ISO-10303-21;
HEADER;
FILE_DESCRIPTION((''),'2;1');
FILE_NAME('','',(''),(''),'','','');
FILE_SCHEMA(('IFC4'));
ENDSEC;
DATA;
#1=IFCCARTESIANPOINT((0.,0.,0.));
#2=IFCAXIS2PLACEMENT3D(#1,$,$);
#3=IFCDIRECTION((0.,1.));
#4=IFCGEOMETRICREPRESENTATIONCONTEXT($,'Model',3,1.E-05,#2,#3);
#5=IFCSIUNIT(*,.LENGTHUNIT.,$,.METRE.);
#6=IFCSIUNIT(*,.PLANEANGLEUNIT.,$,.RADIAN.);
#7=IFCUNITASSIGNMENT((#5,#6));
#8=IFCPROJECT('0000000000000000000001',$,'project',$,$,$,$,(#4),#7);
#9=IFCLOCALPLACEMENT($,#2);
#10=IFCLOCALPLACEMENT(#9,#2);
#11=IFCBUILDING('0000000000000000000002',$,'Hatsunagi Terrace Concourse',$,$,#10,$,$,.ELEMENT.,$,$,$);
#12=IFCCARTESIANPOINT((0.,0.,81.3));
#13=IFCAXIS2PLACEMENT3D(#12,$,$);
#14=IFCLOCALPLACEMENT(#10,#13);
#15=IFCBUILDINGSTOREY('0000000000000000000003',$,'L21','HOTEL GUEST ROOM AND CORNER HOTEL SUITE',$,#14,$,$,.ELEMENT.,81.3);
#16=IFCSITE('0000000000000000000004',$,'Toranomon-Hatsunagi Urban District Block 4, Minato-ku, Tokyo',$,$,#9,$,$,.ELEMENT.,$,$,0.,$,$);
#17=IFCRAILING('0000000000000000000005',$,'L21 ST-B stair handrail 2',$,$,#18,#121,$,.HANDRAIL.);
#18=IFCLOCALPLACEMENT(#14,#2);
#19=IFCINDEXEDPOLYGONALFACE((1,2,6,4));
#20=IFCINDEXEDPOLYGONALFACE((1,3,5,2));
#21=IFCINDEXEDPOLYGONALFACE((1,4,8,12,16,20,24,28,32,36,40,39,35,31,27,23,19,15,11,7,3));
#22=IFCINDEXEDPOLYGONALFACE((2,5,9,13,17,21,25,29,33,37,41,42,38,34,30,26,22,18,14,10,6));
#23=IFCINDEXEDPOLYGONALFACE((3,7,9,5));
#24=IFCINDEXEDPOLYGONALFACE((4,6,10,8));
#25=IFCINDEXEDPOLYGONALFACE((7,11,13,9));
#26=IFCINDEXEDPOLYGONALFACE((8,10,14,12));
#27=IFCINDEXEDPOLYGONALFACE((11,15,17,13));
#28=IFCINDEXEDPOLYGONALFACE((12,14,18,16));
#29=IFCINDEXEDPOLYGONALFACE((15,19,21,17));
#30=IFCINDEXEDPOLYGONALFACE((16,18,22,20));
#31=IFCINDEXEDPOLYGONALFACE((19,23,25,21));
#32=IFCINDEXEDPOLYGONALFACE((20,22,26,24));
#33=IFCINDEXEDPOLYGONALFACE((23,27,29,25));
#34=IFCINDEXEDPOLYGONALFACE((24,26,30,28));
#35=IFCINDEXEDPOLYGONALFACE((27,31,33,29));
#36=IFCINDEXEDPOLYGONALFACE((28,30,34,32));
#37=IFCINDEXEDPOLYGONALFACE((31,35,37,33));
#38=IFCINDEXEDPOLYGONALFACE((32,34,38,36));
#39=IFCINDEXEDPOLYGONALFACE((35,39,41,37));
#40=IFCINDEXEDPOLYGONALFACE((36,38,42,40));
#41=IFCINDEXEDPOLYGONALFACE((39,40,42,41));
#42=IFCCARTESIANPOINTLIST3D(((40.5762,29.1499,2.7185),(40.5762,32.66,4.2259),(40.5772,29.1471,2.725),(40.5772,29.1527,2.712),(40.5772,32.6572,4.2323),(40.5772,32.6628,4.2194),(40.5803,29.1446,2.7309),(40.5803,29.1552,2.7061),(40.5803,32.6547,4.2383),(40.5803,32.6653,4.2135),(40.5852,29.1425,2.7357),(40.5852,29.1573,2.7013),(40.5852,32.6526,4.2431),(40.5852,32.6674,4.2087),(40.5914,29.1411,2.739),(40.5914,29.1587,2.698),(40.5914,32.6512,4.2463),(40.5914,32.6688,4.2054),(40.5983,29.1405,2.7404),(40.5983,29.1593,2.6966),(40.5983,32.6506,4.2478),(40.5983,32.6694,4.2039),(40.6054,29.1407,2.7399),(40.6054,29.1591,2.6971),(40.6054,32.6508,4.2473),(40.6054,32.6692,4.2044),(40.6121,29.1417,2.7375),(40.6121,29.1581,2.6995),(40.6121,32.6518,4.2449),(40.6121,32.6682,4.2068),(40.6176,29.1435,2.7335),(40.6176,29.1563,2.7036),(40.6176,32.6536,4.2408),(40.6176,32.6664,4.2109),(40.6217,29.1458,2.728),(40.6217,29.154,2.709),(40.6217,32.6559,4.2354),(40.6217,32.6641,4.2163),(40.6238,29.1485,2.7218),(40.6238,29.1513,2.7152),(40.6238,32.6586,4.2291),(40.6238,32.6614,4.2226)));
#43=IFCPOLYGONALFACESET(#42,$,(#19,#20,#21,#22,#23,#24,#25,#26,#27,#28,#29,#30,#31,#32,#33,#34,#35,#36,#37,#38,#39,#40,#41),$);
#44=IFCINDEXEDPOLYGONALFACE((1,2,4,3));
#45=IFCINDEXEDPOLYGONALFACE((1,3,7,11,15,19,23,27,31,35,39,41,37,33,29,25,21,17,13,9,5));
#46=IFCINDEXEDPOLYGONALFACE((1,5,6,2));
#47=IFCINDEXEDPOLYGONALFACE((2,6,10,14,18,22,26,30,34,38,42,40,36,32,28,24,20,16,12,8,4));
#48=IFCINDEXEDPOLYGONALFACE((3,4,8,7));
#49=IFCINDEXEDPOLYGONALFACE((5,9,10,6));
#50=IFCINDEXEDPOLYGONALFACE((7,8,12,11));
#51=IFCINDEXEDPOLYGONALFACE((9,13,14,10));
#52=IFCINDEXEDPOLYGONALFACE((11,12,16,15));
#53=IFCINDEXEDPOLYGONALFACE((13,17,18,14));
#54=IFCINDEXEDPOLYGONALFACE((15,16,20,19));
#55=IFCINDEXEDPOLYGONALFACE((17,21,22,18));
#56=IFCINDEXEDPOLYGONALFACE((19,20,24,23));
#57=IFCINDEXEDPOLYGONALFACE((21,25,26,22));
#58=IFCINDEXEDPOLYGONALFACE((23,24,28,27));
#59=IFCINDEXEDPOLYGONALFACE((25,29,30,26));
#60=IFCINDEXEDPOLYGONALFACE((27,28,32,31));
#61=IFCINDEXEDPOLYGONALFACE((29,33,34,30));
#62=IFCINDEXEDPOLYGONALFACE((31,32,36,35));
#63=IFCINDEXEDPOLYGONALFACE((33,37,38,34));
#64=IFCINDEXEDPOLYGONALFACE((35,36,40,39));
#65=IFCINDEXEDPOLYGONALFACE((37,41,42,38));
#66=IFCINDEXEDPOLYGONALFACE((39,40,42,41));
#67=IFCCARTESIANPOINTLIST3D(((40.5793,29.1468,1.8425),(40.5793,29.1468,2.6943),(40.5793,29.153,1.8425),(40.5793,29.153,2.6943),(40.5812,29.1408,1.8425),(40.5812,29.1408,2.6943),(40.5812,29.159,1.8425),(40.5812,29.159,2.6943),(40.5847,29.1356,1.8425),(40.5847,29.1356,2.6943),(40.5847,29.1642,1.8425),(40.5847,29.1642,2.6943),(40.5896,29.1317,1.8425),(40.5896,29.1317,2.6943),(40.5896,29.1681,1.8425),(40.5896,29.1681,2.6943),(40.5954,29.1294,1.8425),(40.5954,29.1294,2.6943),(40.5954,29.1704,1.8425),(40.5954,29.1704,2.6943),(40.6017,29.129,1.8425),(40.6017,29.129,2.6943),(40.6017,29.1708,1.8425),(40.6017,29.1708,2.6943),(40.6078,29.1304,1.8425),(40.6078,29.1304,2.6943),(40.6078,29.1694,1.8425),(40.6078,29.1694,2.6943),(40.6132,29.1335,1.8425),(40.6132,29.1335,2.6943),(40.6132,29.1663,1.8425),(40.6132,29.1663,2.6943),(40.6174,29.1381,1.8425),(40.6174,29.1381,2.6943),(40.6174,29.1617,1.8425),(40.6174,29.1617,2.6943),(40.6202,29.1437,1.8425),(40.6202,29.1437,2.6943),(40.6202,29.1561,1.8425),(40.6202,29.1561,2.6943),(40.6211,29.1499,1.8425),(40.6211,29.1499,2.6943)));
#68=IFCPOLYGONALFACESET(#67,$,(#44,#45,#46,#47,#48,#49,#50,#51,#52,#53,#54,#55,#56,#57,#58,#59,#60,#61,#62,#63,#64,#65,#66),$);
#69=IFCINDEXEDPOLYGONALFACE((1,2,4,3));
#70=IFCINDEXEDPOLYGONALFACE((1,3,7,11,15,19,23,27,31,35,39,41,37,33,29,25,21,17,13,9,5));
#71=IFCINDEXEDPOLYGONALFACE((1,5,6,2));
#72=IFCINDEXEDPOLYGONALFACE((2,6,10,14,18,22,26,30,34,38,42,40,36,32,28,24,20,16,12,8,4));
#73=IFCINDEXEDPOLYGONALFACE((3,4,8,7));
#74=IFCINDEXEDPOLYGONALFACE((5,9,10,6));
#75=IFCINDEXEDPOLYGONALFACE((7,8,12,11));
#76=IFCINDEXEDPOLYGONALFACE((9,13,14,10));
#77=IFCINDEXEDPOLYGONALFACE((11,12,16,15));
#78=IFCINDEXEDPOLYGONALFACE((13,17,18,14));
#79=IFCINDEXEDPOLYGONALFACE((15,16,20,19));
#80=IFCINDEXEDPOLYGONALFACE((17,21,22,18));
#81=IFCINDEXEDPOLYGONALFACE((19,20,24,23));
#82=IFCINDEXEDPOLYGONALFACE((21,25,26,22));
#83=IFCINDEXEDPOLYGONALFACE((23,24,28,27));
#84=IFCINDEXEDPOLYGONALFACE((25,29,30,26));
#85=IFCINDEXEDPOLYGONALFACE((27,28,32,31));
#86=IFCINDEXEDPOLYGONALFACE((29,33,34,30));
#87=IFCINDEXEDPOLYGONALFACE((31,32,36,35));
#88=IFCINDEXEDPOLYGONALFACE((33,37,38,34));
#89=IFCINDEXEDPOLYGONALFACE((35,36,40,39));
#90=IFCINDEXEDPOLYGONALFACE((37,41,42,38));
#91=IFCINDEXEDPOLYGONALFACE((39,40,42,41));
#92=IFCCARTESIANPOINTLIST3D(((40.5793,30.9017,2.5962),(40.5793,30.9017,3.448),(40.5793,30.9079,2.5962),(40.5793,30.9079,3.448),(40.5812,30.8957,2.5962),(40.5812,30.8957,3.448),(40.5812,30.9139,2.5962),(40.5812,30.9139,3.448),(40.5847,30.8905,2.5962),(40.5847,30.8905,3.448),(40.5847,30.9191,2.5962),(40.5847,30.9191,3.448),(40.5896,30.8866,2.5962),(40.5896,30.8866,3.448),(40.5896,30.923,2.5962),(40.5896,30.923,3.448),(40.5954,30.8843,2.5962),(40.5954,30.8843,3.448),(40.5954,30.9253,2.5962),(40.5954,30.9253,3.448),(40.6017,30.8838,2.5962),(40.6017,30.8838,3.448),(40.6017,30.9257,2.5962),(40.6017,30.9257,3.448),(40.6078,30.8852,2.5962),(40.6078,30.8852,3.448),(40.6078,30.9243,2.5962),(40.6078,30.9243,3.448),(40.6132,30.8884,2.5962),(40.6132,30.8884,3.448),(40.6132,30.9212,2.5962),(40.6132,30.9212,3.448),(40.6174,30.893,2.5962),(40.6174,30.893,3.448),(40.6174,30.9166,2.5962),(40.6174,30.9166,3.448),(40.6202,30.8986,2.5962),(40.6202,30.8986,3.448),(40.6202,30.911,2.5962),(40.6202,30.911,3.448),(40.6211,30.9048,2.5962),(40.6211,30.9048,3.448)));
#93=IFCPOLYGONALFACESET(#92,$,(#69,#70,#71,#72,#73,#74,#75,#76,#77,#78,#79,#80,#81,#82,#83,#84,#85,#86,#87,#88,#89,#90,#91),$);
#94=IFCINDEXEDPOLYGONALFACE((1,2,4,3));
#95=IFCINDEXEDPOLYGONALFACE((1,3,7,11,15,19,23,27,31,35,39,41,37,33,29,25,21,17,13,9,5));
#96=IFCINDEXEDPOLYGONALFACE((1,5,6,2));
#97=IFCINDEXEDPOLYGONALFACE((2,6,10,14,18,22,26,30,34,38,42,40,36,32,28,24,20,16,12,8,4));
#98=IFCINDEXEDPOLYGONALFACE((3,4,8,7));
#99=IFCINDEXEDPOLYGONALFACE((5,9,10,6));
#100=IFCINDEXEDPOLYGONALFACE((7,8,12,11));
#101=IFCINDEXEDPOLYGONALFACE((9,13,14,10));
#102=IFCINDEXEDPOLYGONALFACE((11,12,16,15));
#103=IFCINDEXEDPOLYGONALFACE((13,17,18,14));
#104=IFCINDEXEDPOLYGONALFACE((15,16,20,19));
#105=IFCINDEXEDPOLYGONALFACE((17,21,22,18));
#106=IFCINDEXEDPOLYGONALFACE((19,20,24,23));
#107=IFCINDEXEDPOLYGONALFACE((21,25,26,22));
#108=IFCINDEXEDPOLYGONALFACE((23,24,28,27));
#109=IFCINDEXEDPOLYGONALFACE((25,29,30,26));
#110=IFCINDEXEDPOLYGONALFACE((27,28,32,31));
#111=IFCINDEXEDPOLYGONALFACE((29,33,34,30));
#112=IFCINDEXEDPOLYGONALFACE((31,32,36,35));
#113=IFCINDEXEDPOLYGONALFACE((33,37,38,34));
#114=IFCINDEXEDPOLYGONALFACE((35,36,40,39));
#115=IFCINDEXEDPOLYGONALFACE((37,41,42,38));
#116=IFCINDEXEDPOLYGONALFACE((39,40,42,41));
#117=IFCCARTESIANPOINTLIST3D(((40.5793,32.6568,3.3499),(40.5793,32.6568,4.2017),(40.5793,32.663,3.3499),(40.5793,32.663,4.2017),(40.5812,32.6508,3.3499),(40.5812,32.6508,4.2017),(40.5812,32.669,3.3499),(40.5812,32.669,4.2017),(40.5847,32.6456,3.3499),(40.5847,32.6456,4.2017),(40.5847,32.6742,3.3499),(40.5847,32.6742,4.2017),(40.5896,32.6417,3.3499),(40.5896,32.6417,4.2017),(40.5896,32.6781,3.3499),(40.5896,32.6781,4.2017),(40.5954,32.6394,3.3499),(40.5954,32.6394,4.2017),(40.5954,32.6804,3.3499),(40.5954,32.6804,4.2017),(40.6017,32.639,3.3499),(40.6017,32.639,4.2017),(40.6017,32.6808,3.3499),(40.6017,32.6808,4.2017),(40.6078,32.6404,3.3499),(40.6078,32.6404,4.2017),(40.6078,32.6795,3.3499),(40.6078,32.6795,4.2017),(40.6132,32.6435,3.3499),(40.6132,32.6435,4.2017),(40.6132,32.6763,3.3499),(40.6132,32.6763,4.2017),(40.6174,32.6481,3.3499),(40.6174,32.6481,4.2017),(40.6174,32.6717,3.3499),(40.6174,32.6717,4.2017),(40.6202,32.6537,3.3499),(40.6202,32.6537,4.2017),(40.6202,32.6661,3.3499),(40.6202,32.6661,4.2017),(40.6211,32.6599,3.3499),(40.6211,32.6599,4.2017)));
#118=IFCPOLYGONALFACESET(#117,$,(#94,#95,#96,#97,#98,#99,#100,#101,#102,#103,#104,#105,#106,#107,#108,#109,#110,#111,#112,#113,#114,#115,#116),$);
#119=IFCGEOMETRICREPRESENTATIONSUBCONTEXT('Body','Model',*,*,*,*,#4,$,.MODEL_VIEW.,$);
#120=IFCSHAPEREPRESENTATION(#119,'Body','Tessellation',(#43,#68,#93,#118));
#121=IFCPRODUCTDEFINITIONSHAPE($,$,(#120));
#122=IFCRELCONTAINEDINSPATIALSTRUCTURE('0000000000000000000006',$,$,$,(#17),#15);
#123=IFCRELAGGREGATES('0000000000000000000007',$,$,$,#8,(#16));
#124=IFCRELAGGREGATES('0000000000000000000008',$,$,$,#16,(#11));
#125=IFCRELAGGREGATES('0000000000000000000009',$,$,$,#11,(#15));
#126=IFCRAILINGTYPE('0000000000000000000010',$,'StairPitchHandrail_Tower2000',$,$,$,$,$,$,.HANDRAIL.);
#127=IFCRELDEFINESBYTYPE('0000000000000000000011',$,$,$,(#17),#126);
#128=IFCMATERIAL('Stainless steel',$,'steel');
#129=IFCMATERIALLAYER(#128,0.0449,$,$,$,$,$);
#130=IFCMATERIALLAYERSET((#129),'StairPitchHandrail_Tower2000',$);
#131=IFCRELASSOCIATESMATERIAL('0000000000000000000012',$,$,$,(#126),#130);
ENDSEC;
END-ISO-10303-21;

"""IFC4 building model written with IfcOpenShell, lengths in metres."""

from ifc_helpers import new_model, si_unit, direction, frame, origin, origin_2d, place, context, subcontext, project, spatial, circle, extrude, material, layer, layer_set, type_object, element, save


model = new_model("IFC4")

# Units and contexts
model_context = context("Model", 3, precision=1e-05, world=origin(), true_north=direction((0.0, 1.0)))
body_context = subcontext(model_context, "Body", "Model", "MODEL_VIEW")
ifc_project = project(units=[si_unit("LENGTHUNIT", "METRE"), si_unit("PLANEANGLEUNIT", "RADIAN")], contexts=[model_context])

# Site, building, storey
site_placement = place(None, origin())
site = spatial("IfcSite", under=ifc_project, at=site_placement, Name="Toranomon-Hatsunagi Urban District Block 4, Minato-ku, Tokyo", CompositionType="ELEMENT", RefElevation=0.0)
building_placement = place(site_placement, origin())
building = spatial("IfcBuilding", under=site, at=building_placement, Name="Hatsunagi Terrace Concourse", CompositionType="ELEMENT")
storey_placement = place(building_placement, frame((0.0, 0.0, 81.3)))
storey = spatial("IfcBuildingStorey", under=building, at=storey_placement, Name="L21", Description="HOTEL GUEST ROOM AND CORNER HOTEL SUITE", CompositionType="ELEMENT", Elevation=81.3)

# Railing
ifc_material_1 = material(Name="Stainless steel", Category="steel")
ifc_layer_1 = layer(ifc_material_1, 0.0449)
ifc_layer_set_1 = layer_set([ifc_layer_1], Name="StairPitchHandrail_Tower2000")
railing_type_1 = type_object("IfcRailingType", Name="StairPitchHandrail_Tower2000", PredefinedType="HANDRAIL", material=ifc_layer_set_1)
railing_1_placement = place(storey_placement, frame((40.6001, 29.1499, 1.8425)))
element("IfcRailing", 1, at=railing_1_placement, inside=storey, type_object=railing_type_1, Name="L21 ST-B stair handrail 2", PredefinedType="HANDRAIL", context=body_context, shape_type="SweptSolid", body=[
    extrude(circle(Radius=0.0239, at=origin_2d()), frame((0.0, 0.0, 0.876), z_axis=(0.0, 0.918857, 0.39459), x_axis=(-1.0, 0.0, 0.0)), (0.0, 0.0, 1.0), 3.8201),
    extrude(circle(Radius=0.021, at=origin_2d()), origin(), (0.0, 0.0, 1.0), 0.8518),
    extrude(circle(Radius=0.021, at=origin_2d()), frame((0.0, 1.7549, 0.7537)), (0.0, 0.0, 1.0), 0.8518),
    extrude(circle(Radius=0.021, at=origin_2d()), frame((0.0, 3.51, 1.5073)), (0.0, 0.0, 1.0), 0.8518),
])

save(model, "model.ifc")
